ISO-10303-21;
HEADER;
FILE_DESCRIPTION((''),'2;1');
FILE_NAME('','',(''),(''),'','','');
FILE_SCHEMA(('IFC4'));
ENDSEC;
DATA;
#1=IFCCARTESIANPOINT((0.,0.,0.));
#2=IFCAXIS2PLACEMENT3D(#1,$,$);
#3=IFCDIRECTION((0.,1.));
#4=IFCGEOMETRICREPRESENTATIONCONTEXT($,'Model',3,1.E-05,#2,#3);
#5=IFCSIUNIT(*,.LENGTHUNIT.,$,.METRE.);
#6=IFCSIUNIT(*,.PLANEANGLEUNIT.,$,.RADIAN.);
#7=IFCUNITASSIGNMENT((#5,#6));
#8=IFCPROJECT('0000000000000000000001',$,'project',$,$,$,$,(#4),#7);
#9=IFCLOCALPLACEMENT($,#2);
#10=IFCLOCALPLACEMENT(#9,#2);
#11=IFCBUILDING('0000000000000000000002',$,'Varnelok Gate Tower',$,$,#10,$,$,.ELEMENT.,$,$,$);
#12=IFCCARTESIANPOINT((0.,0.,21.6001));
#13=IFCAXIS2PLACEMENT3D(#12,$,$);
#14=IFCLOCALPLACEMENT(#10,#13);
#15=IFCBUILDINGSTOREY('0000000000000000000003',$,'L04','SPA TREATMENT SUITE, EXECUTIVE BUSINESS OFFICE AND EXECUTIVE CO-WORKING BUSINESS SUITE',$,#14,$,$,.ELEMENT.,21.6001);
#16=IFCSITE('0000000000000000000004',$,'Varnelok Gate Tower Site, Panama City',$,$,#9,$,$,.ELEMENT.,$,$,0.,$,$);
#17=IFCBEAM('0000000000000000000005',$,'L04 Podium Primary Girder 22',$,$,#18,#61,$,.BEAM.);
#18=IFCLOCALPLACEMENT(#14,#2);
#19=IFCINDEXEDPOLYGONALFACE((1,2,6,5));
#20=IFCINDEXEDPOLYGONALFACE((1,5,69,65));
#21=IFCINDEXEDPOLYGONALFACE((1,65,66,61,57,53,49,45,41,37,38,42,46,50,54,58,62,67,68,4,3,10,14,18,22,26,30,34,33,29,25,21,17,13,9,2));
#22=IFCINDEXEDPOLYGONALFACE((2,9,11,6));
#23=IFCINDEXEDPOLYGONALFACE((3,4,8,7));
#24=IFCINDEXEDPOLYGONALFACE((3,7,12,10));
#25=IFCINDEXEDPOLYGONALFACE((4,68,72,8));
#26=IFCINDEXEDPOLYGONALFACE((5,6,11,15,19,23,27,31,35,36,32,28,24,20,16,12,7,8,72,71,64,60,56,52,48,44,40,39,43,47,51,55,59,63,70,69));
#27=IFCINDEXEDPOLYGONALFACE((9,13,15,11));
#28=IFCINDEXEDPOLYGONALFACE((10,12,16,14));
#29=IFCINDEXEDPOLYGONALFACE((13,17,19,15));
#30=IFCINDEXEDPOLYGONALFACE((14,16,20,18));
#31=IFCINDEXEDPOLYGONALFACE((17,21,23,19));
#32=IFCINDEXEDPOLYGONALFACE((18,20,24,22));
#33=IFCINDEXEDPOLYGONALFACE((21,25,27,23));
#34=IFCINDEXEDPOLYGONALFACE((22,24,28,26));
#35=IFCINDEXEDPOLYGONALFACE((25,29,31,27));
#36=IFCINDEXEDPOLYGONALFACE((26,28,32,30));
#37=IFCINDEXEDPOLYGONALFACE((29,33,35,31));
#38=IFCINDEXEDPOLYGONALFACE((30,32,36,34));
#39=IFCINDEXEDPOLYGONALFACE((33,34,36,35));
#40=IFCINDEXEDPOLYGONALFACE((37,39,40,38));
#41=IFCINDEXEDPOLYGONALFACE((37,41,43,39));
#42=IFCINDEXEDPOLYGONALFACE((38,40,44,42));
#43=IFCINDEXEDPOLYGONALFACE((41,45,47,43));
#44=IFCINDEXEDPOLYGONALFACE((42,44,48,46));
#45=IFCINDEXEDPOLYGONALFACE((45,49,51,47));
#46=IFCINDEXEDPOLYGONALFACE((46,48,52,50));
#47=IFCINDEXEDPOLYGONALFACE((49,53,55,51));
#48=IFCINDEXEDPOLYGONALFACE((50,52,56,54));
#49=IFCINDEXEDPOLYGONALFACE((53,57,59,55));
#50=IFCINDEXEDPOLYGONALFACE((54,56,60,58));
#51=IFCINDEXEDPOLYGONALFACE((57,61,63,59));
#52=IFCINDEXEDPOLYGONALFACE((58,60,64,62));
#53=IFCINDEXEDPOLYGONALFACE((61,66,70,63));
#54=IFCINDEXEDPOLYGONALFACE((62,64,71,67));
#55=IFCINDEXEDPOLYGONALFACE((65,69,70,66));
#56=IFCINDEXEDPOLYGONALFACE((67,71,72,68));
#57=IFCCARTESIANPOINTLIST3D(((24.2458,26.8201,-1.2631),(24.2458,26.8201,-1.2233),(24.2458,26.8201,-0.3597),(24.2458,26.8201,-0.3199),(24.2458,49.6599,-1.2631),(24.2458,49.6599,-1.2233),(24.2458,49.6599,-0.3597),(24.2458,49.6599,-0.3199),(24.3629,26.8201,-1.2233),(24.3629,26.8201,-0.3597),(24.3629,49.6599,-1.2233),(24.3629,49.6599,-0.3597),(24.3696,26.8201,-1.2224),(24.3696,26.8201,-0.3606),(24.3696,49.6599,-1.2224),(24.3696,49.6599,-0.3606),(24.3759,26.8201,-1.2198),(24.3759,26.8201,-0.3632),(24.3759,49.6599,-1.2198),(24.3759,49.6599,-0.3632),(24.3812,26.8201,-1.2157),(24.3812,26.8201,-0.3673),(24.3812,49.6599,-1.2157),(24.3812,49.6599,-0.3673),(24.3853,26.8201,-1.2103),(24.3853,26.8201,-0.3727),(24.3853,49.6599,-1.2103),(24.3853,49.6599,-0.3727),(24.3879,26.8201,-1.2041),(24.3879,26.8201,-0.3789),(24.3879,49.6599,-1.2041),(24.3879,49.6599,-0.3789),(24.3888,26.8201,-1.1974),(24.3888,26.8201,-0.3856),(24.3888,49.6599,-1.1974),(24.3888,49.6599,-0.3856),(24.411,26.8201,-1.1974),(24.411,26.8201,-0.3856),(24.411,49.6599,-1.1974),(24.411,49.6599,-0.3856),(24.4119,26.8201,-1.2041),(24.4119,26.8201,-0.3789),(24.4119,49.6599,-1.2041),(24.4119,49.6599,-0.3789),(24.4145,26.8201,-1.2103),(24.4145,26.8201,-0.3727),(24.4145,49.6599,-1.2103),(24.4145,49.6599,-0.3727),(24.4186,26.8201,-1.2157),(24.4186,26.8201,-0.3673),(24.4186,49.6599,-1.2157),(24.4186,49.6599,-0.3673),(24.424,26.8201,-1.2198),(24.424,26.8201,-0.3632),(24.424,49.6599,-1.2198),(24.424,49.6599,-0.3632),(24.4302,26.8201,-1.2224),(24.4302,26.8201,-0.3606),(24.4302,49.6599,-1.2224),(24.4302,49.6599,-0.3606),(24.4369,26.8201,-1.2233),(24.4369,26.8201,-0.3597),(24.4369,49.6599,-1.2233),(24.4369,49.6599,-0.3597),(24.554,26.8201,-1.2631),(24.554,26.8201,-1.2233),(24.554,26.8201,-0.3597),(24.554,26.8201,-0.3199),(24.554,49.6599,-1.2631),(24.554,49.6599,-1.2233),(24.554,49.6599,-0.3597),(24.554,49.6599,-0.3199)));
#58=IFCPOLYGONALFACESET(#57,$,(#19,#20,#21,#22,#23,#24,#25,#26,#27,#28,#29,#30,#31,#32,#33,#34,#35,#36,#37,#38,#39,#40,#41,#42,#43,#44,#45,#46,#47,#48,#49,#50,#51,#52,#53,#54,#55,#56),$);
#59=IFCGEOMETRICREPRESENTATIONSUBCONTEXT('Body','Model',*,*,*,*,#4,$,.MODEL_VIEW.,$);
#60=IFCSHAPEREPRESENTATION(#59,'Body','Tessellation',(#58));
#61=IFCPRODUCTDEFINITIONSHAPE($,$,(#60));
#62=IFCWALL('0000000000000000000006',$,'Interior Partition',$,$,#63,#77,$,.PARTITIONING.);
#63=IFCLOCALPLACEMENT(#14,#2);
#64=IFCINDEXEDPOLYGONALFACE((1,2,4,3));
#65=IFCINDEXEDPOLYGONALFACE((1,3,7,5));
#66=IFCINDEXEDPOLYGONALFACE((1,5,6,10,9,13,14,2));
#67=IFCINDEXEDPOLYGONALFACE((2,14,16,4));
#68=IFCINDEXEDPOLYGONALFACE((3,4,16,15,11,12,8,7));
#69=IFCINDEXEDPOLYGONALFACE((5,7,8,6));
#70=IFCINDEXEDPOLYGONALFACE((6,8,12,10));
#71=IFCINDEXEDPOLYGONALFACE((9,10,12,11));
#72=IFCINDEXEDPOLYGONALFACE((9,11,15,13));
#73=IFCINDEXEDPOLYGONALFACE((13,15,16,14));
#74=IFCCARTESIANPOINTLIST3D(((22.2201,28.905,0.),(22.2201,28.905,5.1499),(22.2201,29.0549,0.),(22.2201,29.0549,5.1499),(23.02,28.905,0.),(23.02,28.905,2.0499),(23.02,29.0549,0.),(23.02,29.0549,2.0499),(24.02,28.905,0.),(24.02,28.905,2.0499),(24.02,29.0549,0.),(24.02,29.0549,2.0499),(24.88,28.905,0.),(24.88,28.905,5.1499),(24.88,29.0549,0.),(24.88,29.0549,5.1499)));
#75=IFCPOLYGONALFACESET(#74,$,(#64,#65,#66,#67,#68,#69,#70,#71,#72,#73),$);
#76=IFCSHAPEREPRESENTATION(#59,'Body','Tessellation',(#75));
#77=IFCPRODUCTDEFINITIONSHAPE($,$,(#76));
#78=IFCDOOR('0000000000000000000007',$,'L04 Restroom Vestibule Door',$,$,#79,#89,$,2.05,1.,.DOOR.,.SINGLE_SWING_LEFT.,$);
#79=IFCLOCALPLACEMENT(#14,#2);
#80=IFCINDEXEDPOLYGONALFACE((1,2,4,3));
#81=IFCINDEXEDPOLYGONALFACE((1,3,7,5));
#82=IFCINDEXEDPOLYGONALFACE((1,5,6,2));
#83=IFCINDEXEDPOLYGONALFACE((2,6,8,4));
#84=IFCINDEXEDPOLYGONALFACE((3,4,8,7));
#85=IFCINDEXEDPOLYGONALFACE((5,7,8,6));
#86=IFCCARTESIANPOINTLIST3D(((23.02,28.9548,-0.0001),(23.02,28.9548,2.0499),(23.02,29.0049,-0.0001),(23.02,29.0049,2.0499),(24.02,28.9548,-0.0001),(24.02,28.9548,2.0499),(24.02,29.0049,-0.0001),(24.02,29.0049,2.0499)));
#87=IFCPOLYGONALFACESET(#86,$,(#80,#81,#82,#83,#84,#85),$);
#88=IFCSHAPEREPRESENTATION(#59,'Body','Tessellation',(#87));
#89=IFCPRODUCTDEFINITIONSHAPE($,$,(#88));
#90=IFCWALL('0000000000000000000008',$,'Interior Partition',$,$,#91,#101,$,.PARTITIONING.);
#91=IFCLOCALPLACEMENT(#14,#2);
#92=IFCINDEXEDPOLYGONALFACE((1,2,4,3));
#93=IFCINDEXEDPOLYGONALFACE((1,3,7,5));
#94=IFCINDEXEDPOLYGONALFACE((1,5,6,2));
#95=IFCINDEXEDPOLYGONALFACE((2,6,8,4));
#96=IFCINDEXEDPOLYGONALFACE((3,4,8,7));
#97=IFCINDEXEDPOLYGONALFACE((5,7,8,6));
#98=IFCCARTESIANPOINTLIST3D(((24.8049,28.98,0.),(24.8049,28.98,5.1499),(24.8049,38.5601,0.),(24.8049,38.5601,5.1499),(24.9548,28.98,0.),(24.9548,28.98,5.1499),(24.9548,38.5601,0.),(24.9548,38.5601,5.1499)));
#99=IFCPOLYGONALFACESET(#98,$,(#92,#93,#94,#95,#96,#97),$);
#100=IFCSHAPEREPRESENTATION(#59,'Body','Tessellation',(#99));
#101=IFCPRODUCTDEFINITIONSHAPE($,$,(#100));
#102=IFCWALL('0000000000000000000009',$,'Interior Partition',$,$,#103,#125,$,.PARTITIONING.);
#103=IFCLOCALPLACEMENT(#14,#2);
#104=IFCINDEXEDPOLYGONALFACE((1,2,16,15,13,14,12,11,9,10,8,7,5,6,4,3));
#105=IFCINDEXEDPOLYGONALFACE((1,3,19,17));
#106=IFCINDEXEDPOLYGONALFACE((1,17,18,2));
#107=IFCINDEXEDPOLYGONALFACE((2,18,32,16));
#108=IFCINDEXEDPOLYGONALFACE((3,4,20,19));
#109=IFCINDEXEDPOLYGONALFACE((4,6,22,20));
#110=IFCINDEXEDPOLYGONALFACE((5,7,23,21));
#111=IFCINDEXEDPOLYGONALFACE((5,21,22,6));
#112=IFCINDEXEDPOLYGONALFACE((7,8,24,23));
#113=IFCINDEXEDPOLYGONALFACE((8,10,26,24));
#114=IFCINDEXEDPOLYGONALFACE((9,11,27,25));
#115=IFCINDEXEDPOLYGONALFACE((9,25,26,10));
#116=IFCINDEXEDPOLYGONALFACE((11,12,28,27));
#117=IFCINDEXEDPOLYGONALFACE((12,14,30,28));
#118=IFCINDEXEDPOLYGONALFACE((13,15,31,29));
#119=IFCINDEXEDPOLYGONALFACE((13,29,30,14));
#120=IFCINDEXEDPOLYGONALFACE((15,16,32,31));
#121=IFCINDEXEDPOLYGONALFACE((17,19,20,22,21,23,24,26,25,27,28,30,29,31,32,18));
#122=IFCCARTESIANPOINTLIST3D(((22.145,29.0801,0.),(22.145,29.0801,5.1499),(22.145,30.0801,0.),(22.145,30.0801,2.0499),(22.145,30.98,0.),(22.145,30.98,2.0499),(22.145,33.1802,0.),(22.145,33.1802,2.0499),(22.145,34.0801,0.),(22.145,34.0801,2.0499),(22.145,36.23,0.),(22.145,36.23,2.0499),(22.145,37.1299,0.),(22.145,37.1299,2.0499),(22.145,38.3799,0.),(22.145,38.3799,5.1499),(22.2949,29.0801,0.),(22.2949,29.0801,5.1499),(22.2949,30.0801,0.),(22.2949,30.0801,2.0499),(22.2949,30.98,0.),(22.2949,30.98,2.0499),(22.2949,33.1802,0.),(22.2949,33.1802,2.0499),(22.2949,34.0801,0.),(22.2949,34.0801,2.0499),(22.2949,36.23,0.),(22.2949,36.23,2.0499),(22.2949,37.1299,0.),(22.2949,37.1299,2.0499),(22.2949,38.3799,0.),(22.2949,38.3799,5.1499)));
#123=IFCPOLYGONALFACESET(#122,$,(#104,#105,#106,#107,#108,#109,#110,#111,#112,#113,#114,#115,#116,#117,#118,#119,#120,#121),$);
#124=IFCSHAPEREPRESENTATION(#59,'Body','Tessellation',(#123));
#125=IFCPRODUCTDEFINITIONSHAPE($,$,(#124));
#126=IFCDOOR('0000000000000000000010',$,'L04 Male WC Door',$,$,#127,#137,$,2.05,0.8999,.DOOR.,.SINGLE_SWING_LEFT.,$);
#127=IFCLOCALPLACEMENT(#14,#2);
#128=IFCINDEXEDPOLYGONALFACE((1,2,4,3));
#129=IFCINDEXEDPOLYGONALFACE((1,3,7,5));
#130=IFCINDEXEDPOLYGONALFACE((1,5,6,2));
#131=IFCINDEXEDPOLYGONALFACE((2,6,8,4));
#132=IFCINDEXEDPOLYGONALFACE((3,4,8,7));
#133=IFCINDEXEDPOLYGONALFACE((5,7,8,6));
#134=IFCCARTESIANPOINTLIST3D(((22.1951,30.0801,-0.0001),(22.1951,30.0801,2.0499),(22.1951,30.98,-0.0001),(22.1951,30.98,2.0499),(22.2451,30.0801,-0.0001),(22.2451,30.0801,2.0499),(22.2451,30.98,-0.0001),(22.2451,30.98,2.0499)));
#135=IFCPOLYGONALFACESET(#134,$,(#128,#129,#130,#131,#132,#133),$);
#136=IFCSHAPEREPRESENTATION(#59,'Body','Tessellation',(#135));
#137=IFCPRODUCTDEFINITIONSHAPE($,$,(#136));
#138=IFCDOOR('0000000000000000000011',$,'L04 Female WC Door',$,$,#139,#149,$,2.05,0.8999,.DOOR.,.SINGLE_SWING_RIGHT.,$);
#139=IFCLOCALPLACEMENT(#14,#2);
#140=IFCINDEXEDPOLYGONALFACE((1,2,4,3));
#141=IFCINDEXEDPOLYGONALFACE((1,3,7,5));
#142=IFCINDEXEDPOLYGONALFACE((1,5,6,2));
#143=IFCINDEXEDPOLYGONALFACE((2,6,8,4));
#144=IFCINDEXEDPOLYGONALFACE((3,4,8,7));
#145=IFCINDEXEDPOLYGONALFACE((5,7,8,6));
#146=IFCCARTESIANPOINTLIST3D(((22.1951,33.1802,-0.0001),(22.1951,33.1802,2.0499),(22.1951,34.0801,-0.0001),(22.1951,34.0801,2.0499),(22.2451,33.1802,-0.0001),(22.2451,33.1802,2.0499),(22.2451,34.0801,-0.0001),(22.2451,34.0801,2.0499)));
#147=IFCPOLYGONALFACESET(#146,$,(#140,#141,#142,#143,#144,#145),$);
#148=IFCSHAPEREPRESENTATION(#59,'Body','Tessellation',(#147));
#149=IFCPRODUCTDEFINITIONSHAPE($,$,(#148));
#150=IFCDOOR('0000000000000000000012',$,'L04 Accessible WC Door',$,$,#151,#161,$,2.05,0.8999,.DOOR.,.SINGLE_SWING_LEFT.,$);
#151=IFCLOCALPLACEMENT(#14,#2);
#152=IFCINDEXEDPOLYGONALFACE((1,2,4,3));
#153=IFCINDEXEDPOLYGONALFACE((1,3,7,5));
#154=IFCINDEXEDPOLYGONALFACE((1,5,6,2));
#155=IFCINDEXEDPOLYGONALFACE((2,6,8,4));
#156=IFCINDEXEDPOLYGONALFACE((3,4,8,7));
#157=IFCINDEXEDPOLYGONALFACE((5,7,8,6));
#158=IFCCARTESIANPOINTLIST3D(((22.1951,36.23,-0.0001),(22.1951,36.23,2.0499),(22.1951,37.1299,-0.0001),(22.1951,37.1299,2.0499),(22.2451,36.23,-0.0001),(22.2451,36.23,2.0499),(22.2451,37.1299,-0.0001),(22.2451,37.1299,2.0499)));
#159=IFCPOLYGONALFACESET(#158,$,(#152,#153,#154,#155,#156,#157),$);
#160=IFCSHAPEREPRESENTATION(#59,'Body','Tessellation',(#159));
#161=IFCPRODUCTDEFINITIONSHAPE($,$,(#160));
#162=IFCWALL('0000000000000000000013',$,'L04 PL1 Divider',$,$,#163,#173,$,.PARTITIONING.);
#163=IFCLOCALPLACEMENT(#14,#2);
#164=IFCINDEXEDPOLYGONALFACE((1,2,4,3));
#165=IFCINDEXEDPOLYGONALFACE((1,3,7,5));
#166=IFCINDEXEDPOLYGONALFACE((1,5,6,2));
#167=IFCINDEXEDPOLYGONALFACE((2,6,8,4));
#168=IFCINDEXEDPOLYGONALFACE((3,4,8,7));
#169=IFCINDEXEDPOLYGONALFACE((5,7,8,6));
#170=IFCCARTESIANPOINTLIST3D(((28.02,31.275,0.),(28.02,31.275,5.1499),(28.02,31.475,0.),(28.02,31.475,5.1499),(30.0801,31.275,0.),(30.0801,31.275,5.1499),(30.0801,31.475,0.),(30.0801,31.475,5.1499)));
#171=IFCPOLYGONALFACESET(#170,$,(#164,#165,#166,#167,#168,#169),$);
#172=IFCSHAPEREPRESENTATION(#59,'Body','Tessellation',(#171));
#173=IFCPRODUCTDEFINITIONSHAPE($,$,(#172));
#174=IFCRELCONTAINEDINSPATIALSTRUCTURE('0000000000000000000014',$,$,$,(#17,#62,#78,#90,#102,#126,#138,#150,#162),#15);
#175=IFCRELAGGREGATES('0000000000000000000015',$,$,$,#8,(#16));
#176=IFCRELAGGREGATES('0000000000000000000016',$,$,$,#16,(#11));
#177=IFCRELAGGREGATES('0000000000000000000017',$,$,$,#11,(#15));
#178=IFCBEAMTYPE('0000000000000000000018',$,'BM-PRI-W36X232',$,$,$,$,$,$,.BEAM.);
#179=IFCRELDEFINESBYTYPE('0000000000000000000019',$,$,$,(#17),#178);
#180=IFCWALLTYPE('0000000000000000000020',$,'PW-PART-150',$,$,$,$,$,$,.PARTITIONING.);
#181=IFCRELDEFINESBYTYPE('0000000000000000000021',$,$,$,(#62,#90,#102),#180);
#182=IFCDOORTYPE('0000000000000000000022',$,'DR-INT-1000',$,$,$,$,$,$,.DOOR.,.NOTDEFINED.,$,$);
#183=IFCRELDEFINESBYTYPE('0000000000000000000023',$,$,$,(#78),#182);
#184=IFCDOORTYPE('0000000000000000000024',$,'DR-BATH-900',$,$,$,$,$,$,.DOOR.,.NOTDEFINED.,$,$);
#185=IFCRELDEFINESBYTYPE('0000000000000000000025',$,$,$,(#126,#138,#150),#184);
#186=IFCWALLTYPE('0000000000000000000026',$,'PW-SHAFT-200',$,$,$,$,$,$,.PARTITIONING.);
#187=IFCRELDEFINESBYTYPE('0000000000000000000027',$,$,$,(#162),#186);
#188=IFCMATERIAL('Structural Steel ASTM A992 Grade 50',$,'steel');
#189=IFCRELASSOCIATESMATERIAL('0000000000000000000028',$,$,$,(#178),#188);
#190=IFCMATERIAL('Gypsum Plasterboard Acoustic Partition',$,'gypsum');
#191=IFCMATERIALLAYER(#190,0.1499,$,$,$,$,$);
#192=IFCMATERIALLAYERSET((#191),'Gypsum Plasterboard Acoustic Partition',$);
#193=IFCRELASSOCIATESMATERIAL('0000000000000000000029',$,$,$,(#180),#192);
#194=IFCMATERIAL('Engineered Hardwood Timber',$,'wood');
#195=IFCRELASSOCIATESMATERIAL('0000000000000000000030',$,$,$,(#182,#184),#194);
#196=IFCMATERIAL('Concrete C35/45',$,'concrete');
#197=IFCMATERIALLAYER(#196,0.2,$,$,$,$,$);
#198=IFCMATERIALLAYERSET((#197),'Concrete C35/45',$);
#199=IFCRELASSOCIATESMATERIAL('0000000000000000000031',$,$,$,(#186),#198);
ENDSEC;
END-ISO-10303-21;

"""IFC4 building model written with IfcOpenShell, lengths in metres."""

from ifc_helpers import new_model, si_unit, direction, frame, frame_2d, origin, origin_2d, place, context, subcontext, project, spatial, rectangle, i_section, extrude, material, layer, layer_set, material_profile, profile_set, type_object, element, fill, save


model = new_model("IFC4")

# Units and contexts
model_context = context("Model", 3, precision=1e-05, world=origin(), true_north=direction((0.0, 1.0)))
body_context = subcontext(model_context, "Body", "Model", "MODEL_VIEW")
ifc_project = project(units=[si_unit("LENGTHUNIT", "METRE"), si_unit("PLANEANGLEUNIT", "RADIAN")], contexts=[model_context])

# Site, building, storey
site_placement = place(None, origin())
site = spatial("IfcSite", under=ifc_project, at=site_placement, Name="Varnelok Gate Tower Site, Panama City", CompositionType="ELEMENT", RefElevation=0.0)
building_placement = place(site_placement, origin())
building = spatial("IfcBuilding", under=site, at=building_placement, Name="Varnelok Gate Tower", CompositionType="ELEMENT")
storey_placement = place(building_placement, frame((0.0, 0.0, 21.6001)))
storey = spatial("IfcBuildingStorey", under=building, at=storey_placement, Name="L04", Description="SPA TREATMENT SUITE, EXECUTIVE BUSINESS OFFICE AND EXECUTIVE CO-WORKING BUSINESS SUITE", CompositionType="ELEMENT", Elevation=21.6001)

# Shared definitions
ifc_material_1 = material(Name="Structural Steel ASTM A992 Grade 50", Category="steel")

# Beam
ifc_material_profile_1 = material_profile(ifc_material_1, i_section(OverallWidth=0.3081, OverallDepth=0.9431, WebThickness=0.0222, FlangeThickness=0.0398, FilletRadius=0.0259, at=origin_2d()), Name="W36X232")
ifc_profile_set_1 = profile_set([ifc_material_profile_1], Name="Structural Steel ASTM A992 Grade 50")
beam_type_1 = type_object("IfcBeamType", Name="BM-PRI-W36X232", PredefinedType="BEAM", material=ifc_profile_set_1)
beam_1_placement = place(storey_placement, frame((24.3999, 26.8201, -0.7915), z_axis=(0.0, 1.0, 0.0), x_axis=(-1.0, 0.0, 0.0)))
element("IfcBeam", 1, at=beam_1_placement, inside=storey, type_object=beam_type_1, Name="L04 Podium Primary Girder 22", PredefinedType="BEAM", context=body_context, shape_type="SweptSolid", body=[
    extrude(i_section(OverallWidth=0.3081, OverallDepth=0.9431, WebThickness=0.0222, FlangeThickness=0.0398, FilletRadius=0.0259, at=origin_2d()), origin(), (0.0, 0.0, 1.0), 22.8398),
])

# Wall, opening, door
ifc_material_2 = material(Name="Gypsum Plasterboard Acoustic Partition", Category="gypsum")
ifc_layer_1 = layer(ifc_material_2, 0.1499)
ifc_layer_set_1 = layer_set([ifc_layer_1], Name="Gypsum Plasterboard Acoustic Partition")
wall_type_1 = type_object("IfcWallType", Name="PW-PART-150", PredefinedType="PARTITIONING", material=ifc_layer_set_1)
wall_1_placement = place(storey_placement, frame((22.22, 28.98, 0.0), z_axis=(0.0, 0.0, 1.0), x_axis=(1.0, 0.0, 0.0)))
wall_1 = element("IfcWall", 2, at=wall_1_placement, inside=storey, type_object=wall_type_1, Name="Interior Partition", PredefinedType="PARTITIONING", context=body_context, shape_type="SweptSolid", body=[
    extrude(rectangle(XDim=2.6599, YDim=0.1499, at=frame_2d((1.3301, 0.0))), origin(), (0.0, 0.0, 1.0), 5.1499),
])
opening_1_placement = place(wall_1_placement, frame((0.8, 0.0, 0.0)))
opening_1 = element("IfcOpeningElement", 3, at=opening_1_placement, cuts=wall_1, PredefinedType="OPENING", context=body_context, shape_type="SweptSolid", body=[
    extrude(rectangle(XDim=1.0, YDim=2.05, at=frame_2d((0.5, 1.0249))), frame((0.0, 0.085, 0.0), z_axis=(0.0, -1.0, 0.0), x_axis=(1.0, 0.0, 0.0)), (0.0, 0.0, 1.0), 0.1699),
])
ifc_material_3 = material(Name="Engineered Hardwood Timber", Category="wood")
door_type_1 = type_object("IfcDoorType", Name="DR-INT-1000", OperationType="NOTDEFINED", PredefinedType="DOOR", material=ifc_material_3)
door_1_placement = place(opening_1_placement, origin())
door_1 = element("IfcDoor", 4, at=door_1_placement, inside=storey, type_object=door_type_1, Name="L04 Restroom Vestibule Door", OperationType="SINGLE_SWING_LEFT", OverallHeight=2.05, OverallWidth=1.0, PredefinedType="DOOR", context=body_context, shape_type="SweptSolid", body=[
    extrude(rectangle(XDim=1.0, YDim=2.05, at=frame_2d((0.5, 1.0249))), frame((0.0, 0.0249, 0.0), z_axis=(0.0, -1.0, 0.0), x_axis=(1.0, 0.0, 0.0)), (0.0, 0.0, 1.0), 0.05),
])
fill(opening_1, door_1)

# Wall
wall_2_placement = place(storey_placement, frame((24.8799, 28.98, 0.0), z_axis=(0.0, 0.0, 1.0), x_axis=(0.0, 1.0, 0.0)))
element("IfcWall", 5, at=wall_2_placement, inside=storey, type_object=wall_type_1, Name="Interior Partition", PredefinedType="PARTITIONING", context=body_context, shape_type="SweptSolid", body=[
    extrude(rectangle(XDim=9.5801, YDim=0.1499, at=frame_2d((4.79, 0.0))), origin(), (0.0, 0.0, 1.0), 5.1499),
])

# Wall, openings, doors
wall_3_placement = place(storey_placement, frame((22.22, 29.0801, 0.0), z_axis=(0.0, 0.0, 1.0), x_axis=(0.0, 1.0, 0.0)))
wall_3 = element("IfcWall", 6, at=wall_3_placement, inside=storey, type_object=wall_type_1, Name="Interior Partition", PredefinedType="PARTITIONING", context=body_context, shape_type="SweptSolid", body=[
    extrude(rectangle(XDim=9.2998, YDim=0.1499, at=frame_2d((4.6499, 0.0))), origin(), (0.0, 0.0, 1.0), 5.1499),
])
opening_2_placement = place(wall_3_placement, frame((1.0, 0.0, 0.0)))
opening_2 = element("IfcOpeningElement", 7, at=opening_2_placement, cuts=wall_3, PredefinedType="OPENING", context=body_context, shape_type="SweptSolid", body=[
    extrude(rectangle(XDim=0.8999, YDim=2.05, at=frame_2d((0.45, 1.0249))), frame((0.0, 0.085, 0.0), z_axis=(0.0, -1.0, 0.0), x_axis=(1.0, 0.0, 0.0)), (0.0, 0.0, 1.0), 0.1699),
])
opening_3_placement = place(wall_3_placement, frame((4.1001, 0.0, 0.0)))
opening_3 = element("IfcOpeningElement", 8, at=opening_3_placement, cuts=wall_3, PredefinedType="OPENING", context=body_context, shape_type="SweptSolid", body=[
    extrude(rectangle(XDim=0.8999, YDim=2.05, at=frame_2d((0.45, 1.0249))), frame((0.0, 0.085, 0.0), z_axis=(0.0, -1.0, 0.0), x_axis=(1.0, 0.0, 0.0)), (0.0, 0.0, 1.0), 0.1699),
])
opening_4_placement = place(wall_3_placement, frame((7.1499, 0.0, 0.0)))
opening_4 = element("IfcOpeningElement", 9, at=opening_4_placement, cuts=wall_3, PredefinedType="OPENING", context=body_context, shape_type="SweptSolid", body=[
    extrude(rectangle(XDim=0.8999, YDim=2.05, at=frame_2d((0.45, 1.0249))), frame((0.0, 0.085, 0.0), z_axis=(0.0, -1.0, 0.0), x_axis=(1.0, 0.0, 0.0)), (0.0, 0.0, 1.0), 0.1699),
])
door_type_2 = type_object("IfcDoorType", Name="DR-BATH-900", OperationType="NOTDEFINED", PredefinedType="DOOR", material=ifc_material_3)
door_2_placement = place(opening_2_placement, origin())
door_2 = element("IfcDoor", 10, at=door_2_placement, inside=storey, type_object=door_type_2, Name="L04 Male WC Door", OperationType="SINGLE_SWING_LEFT", OverallHeight=2.05, OverallWidth=0.8999, PredefinedType="DOOR", context=body_context, shape_type="SweptSolid", body=[
    extrude(rectangle(XDim=0.8999, YDim=2.05, at=frame_2d((0.45, 1.0249))), frame((0.0, 0.0249, 0.0), z_axis=(0.0, -1.0, 0.0), x_axis=(1.0, 0.0, 0.0)), (0.0, 0.0, 1.0), 0.05),
])
fill(opening_2, door_2)
door_3_placement = place(opening_3_placement, origin())
door_3 = element("IfcDoor", 11, at=door_3_placement, inside=storey, type_object=door_type_2, Name="L04 Female WC Door", OperationType="SINGLE_SWING_RIGHT", OverallHeight=2.05, OverallWidth=0.8999, PredefinedType="DOOR", context=body_context, shape_type="SweptSolid", body=[
    extrude(rectangle(XDim=0.8999, YDim=2.05, at=frame_2d((0.45, 1.0249))), frame((0.0, 0.0249, 0.0), z_axis=(0.0, -1.0, 0.0), x_axis=(1.0, 0.0, 0.0)), (0.0, 0.0, 1.0), 0.05),
])
fill(opening_3, door_3)
door_4_placement = place(opening_4_placement, origin())
door_4 = element("IfcDoor", 12, at=door_4_placement, inside=storey, type_object=door_type_2, Name="L04 Accessible WC Door", OperationType="SINGLE_SWING_LEFT", OverallHeight=2.05, OverallWidth=0.8999, PredefinedType="DOOR", context=body_context, shape_type="SweptSolid", body=[
    extrude(rectangle(XDim=0.8999, YDim=2.05, at=frame_2d((0.45, 1.0249))), frame((0.0, 0.0249, 0.0), z_axis=(0.0, -1.0, 0.0), x_axis=(1.0, 0.0, 0.0)), (0.0, 0.0, 1.0), 0.05),
])
fill(opening_4, door_4)

# Wall
ifc_material_4 = material(Name="Concrete C35/45", Category="concrete")
ifc_layer_2 = layer(ifc_material_4, 0.2)
ifc_layer_set_2 = layer_set([ifc_layer_2], Name="Concrete C35/45")
wall_type_2 = type_object("IfcWallType", Name="PW-SHAFT-200", PredefinedType="PARTITIONING", material=ifc_layer_set_2)
wall_4_placement = place(storey_placement, frame((28.02, 31.375, 0.0), z_axis=(0.0, 0.0, 1.0), x_axis=(1.0, 0.0, 0.0)))
element("IfcWall", 13, at=wall_4_placement, inside=storey, type_object=wall_type_2, Name="L04 PL1 Divider", PredefinedType="PARTITIONING", context=body_context, shape_type="SweptSolid", body=[
    extrude(rectangle(XDim=2.0601, YDim=0.2, at=frame_2d((1.03, 0.0))), origin(), (0.0, 0.0, 1.0), 5.1499),
])

save(model, "model.ifc")
